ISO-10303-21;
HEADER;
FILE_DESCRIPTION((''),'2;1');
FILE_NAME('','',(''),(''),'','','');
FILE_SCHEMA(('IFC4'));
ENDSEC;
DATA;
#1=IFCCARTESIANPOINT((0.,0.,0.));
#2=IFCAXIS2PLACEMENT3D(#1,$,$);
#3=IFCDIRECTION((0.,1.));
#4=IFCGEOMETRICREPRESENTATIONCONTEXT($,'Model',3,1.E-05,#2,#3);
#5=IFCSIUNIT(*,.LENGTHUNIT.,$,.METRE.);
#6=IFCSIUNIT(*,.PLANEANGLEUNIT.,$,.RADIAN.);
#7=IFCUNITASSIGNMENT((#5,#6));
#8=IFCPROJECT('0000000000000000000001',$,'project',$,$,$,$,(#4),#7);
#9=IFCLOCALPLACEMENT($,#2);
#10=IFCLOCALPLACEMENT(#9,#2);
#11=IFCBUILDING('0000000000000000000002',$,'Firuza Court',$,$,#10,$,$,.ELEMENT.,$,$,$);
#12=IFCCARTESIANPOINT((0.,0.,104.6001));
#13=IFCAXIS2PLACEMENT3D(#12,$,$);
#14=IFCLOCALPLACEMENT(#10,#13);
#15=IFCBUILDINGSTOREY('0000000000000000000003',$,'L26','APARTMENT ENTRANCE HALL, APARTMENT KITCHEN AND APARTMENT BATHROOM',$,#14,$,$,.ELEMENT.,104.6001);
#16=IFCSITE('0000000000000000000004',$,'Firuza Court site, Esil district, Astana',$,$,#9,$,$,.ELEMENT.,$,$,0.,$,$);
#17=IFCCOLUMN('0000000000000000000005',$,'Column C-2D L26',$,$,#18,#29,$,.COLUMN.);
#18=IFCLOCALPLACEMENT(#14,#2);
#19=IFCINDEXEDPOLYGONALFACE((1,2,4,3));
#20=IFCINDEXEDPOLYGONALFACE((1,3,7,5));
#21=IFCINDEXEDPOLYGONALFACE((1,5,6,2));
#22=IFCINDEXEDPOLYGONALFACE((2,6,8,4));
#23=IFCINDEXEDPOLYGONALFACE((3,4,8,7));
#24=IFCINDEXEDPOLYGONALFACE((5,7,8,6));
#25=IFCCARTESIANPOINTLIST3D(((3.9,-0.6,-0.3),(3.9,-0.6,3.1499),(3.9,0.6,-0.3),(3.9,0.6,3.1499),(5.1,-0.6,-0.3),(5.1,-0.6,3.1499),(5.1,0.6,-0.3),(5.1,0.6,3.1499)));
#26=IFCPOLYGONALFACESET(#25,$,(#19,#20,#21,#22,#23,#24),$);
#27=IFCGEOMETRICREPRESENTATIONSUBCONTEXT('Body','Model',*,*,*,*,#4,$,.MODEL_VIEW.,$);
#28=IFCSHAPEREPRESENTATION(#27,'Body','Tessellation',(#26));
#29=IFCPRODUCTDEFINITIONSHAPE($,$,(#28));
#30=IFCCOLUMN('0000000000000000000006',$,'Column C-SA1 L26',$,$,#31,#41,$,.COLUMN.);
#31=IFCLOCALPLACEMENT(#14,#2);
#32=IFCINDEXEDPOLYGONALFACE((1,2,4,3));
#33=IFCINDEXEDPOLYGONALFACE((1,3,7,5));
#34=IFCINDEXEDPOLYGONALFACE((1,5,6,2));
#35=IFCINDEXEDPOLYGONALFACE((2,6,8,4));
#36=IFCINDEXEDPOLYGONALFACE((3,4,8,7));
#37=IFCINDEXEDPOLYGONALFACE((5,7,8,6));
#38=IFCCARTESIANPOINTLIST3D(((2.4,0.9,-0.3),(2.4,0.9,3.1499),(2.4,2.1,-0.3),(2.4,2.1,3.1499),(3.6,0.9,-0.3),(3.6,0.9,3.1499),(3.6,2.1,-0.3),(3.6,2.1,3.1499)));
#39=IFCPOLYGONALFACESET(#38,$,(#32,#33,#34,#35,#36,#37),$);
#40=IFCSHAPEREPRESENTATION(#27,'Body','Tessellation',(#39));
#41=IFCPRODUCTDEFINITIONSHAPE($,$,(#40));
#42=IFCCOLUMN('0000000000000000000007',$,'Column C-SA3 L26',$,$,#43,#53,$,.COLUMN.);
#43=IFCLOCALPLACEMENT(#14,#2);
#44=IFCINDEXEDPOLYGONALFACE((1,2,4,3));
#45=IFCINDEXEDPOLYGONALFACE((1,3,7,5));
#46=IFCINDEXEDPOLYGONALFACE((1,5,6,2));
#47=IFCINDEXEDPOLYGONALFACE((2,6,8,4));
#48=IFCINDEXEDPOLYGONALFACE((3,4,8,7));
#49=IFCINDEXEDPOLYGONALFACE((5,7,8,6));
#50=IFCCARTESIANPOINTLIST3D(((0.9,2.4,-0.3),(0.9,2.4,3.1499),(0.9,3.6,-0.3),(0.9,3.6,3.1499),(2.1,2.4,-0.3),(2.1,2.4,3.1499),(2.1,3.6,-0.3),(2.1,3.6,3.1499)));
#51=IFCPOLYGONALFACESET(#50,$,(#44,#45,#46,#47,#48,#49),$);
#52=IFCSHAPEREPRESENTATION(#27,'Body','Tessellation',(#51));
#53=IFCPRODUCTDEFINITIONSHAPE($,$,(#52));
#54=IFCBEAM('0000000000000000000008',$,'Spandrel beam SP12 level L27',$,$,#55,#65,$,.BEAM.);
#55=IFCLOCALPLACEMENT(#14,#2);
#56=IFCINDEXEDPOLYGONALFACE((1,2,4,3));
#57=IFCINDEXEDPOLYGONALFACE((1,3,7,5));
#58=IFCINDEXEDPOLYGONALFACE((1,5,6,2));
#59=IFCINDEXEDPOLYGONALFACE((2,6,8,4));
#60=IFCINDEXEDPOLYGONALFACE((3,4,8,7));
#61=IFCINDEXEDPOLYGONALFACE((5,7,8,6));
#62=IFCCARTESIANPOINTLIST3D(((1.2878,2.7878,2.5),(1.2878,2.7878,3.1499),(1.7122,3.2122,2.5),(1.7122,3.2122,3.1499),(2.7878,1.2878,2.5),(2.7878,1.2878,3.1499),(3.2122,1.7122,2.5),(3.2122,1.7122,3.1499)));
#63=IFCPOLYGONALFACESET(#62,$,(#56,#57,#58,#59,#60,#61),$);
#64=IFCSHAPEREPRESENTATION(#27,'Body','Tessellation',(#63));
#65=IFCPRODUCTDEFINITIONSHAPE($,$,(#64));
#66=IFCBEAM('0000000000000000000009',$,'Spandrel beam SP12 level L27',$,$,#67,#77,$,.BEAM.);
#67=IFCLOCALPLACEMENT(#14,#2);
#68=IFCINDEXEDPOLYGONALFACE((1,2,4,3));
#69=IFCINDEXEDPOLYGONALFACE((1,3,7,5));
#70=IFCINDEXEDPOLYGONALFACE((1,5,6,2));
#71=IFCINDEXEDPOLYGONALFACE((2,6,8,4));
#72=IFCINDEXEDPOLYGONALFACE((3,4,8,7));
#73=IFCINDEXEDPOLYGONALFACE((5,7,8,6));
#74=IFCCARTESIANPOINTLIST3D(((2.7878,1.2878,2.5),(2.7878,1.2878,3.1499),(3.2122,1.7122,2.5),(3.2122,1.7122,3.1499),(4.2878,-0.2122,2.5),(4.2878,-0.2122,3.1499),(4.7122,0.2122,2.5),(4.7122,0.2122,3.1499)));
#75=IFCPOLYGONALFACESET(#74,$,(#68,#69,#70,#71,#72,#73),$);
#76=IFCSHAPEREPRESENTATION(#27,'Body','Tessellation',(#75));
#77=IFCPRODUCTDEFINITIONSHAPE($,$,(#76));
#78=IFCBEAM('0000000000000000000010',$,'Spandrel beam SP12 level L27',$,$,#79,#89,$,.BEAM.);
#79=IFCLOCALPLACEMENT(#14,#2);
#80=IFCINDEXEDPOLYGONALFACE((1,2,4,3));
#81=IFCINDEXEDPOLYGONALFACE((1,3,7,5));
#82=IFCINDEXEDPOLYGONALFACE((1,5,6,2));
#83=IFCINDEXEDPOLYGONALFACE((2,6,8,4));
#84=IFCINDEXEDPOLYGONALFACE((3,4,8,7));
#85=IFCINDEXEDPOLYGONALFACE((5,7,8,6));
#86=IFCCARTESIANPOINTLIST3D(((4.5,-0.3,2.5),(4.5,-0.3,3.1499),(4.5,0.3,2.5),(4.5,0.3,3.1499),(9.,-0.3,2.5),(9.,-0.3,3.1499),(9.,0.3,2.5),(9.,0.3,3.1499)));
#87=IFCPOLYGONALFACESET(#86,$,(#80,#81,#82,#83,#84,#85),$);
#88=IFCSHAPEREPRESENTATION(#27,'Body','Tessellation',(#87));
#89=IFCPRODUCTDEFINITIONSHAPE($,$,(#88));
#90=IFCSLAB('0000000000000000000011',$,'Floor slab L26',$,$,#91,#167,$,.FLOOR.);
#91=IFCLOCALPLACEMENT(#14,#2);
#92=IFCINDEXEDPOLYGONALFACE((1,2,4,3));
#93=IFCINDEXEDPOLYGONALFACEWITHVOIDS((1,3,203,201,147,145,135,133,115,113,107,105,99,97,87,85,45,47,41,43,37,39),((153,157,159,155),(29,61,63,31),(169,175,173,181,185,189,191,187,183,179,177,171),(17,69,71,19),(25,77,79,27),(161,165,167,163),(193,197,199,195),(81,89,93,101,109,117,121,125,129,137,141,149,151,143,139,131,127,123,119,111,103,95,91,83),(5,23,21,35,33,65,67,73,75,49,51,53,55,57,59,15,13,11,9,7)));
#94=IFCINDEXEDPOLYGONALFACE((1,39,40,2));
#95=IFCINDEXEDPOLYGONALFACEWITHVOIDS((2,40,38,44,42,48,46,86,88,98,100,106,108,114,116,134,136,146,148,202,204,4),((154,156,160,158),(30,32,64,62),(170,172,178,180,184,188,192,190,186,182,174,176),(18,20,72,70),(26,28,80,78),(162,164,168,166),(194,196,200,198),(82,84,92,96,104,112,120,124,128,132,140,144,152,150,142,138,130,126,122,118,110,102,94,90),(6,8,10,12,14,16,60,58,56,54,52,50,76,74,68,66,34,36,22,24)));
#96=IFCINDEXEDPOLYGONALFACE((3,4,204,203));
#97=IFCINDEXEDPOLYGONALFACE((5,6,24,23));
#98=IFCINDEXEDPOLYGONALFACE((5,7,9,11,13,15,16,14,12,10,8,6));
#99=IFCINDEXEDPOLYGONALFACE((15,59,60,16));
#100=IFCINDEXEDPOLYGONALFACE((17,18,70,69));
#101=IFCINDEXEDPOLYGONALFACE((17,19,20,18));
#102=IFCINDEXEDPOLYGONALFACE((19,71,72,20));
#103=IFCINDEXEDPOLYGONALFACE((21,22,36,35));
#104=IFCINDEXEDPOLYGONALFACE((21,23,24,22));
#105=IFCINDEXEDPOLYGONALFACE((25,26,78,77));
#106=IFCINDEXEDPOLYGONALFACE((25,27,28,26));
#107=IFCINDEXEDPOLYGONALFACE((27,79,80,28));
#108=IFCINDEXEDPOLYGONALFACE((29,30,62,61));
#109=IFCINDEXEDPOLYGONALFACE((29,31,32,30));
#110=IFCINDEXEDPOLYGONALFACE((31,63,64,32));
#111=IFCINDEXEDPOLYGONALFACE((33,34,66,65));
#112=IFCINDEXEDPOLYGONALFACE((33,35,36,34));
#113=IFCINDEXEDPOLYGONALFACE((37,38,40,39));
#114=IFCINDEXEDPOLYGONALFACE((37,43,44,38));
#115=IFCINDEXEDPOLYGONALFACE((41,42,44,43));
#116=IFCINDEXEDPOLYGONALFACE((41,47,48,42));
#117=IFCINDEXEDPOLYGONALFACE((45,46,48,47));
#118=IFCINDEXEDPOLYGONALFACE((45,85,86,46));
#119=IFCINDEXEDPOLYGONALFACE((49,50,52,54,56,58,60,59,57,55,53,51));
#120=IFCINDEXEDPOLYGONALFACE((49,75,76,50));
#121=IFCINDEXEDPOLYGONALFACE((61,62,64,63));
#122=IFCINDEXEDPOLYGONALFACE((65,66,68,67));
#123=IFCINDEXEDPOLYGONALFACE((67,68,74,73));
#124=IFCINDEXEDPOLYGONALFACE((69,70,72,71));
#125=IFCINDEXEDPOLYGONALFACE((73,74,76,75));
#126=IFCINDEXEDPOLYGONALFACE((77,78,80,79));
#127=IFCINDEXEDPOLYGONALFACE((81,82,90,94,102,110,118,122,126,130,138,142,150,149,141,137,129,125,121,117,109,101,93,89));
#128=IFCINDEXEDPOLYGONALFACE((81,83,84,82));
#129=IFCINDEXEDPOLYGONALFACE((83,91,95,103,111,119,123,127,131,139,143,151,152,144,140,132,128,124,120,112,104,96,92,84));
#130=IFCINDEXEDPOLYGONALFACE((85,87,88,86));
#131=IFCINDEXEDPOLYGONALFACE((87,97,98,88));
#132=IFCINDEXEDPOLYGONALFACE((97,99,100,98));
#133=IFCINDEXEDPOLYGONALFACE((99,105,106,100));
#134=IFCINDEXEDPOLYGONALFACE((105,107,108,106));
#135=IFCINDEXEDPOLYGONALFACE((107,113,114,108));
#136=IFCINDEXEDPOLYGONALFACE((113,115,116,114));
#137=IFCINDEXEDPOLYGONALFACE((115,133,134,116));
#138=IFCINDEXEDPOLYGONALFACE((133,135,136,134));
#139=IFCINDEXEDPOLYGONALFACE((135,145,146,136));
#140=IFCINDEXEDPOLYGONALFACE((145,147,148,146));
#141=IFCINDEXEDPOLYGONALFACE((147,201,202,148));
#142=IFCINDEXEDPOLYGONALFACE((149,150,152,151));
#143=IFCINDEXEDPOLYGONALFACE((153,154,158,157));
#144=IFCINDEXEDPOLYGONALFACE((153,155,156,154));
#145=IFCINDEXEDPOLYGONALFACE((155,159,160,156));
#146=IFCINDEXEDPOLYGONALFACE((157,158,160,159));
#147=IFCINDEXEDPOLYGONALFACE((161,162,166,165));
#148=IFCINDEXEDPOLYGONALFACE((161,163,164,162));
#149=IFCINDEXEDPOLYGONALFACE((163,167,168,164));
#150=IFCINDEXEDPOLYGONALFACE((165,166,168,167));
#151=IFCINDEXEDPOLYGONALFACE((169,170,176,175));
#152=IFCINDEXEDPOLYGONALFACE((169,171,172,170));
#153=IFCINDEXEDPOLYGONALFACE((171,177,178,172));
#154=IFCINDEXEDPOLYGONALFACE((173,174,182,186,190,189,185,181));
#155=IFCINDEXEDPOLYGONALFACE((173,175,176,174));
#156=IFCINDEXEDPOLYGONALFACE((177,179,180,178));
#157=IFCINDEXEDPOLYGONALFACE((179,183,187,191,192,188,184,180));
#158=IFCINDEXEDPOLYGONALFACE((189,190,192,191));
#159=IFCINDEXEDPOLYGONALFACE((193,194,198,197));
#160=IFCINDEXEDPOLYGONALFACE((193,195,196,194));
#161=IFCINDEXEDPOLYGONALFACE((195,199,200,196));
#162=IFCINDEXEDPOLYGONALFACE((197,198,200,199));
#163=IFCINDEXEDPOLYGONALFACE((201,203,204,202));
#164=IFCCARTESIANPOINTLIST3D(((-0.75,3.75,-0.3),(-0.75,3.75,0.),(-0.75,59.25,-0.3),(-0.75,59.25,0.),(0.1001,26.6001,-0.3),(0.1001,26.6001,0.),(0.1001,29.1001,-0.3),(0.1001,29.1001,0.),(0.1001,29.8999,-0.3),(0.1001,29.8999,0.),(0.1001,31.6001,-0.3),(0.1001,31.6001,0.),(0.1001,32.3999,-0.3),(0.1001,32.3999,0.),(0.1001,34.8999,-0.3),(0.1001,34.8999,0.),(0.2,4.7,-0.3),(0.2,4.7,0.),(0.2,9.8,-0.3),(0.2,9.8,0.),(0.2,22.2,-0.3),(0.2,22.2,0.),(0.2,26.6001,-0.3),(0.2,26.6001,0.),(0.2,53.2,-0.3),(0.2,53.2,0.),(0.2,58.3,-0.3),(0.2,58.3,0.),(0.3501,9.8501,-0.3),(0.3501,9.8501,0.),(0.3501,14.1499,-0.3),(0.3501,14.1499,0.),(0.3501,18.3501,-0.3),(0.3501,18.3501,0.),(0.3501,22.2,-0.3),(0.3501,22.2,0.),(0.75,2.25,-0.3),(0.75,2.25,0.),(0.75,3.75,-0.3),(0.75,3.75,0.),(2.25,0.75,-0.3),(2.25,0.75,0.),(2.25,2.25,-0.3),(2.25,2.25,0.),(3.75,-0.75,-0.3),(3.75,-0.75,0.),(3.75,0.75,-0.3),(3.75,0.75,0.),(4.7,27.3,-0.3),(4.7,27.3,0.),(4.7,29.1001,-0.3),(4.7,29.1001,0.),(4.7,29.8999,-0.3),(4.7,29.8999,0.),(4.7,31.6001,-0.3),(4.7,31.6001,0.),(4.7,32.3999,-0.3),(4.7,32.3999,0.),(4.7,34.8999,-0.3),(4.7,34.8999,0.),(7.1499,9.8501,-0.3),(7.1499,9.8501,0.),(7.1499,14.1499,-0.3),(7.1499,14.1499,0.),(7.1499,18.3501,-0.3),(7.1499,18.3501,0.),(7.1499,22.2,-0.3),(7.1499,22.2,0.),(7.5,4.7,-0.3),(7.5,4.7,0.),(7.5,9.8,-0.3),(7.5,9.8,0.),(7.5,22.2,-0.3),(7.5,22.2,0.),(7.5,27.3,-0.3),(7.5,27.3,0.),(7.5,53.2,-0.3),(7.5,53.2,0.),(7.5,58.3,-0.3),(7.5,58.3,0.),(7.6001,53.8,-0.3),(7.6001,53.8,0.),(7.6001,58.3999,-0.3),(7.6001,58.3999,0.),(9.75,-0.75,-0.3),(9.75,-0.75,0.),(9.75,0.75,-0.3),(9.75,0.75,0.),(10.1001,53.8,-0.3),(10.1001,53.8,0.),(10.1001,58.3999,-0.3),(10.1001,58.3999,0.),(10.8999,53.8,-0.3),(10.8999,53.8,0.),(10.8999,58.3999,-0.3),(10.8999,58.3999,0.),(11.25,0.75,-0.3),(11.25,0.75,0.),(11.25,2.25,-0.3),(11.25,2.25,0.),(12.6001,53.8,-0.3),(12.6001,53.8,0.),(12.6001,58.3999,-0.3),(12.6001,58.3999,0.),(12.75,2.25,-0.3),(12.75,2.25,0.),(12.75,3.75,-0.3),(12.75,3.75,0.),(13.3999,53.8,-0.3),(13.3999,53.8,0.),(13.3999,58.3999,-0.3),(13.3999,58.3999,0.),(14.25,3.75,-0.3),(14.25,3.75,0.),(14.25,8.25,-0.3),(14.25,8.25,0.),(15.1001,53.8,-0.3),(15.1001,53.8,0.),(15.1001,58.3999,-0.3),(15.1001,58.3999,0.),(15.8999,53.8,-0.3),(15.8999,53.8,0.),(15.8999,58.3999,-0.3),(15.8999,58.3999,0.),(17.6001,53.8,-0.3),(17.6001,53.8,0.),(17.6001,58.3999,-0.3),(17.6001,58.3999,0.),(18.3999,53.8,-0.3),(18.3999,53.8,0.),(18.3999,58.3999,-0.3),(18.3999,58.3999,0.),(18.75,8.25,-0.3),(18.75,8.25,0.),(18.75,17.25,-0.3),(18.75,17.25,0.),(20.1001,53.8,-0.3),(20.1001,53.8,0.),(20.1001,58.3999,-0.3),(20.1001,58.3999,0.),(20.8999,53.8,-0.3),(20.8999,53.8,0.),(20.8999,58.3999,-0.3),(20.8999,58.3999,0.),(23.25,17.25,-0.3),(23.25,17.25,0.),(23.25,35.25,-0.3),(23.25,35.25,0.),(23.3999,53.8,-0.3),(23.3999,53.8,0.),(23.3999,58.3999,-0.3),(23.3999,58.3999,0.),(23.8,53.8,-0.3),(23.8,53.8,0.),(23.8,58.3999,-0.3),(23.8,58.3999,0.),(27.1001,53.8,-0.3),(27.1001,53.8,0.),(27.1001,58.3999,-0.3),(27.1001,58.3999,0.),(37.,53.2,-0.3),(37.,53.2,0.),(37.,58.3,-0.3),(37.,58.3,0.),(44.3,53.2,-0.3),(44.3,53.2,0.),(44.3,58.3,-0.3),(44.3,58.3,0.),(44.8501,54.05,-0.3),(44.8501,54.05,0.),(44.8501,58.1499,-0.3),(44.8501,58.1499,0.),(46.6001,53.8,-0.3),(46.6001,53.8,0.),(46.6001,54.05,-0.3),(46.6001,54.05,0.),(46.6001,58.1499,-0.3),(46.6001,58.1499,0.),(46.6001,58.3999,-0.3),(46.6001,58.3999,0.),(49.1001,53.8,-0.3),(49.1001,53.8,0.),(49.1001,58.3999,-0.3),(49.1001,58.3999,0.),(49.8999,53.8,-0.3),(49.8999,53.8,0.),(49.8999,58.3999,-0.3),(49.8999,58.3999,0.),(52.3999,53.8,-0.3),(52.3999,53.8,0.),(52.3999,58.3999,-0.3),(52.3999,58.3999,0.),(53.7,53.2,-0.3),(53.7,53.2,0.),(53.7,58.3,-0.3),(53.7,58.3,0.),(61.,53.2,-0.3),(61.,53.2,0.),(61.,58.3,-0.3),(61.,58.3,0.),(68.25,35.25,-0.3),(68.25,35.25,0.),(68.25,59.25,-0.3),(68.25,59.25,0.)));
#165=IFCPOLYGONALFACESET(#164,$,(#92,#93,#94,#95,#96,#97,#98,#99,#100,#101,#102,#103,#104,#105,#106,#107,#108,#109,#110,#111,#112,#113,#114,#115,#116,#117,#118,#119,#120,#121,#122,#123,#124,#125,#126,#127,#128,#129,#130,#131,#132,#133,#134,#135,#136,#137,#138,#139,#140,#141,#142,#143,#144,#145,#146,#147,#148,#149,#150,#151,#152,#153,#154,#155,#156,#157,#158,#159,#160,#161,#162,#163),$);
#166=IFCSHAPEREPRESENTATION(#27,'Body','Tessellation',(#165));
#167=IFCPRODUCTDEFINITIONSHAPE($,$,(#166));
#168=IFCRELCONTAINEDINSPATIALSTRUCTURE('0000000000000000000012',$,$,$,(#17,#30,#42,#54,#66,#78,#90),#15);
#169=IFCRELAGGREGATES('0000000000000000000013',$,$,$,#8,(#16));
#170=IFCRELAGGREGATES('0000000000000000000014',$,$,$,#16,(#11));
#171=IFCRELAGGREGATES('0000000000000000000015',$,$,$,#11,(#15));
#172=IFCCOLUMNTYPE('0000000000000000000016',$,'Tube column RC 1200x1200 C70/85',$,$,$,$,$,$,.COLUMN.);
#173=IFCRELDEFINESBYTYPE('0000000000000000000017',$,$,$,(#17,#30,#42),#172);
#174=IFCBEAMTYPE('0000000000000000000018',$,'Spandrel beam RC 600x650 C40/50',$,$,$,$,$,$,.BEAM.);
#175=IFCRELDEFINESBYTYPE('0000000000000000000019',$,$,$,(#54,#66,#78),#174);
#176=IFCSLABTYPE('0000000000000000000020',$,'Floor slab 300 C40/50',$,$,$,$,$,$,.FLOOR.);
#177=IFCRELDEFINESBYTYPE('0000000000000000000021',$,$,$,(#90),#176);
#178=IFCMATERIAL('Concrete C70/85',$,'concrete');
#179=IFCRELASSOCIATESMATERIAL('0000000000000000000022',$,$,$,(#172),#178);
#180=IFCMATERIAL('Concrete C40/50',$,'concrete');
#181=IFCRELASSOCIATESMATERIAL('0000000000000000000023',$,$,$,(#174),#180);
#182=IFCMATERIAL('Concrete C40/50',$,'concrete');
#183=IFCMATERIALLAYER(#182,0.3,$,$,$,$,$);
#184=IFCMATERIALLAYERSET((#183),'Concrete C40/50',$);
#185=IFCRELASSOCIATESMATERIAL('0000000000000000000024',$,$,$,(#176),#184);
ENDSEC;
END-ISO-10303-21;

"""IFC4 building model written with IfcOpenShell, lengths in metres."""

from ifc_helpers import new_model, si_unit, direction, frame, origin, origin_2d, place, context, subcontext, project, spatial, polyline, rectangle, outline, extrude, material, layer, layer_set, material_profile, profile_set, type_object, element, save


model = new_model("IFC4")

# Units and contexts
model_context = context("Model", 3, precision=1e-05, world=origin(), true_north=direction((0.0, 1.0)))
body_context = subcontext(model_context, "Body", "Model", "MODEL_VIEW")
ifc_project = project(units=[si_unit("LENGTHUNIT", "METRE"), si_unit("PLANEANGLEUNIT", "RADIAN")], contexts=[model_context])

# Site, building, storey
site_placement = place(None, origin())
site = spatial("IfcSite", under=ifc_project, at=site_placement, Name="Firuza Court site, Esil district, Astana", CompositionType="ELEMENT", RefElevation=0.0)
building_placement = place(site_placement, origin())
building = spatial("IfcBuilding", under=site, at=building_placement, Name="Firuza Court", CompositionType="ELEMENT")
storey_placement = place(building_placement, frame((0.0, 0.0, 104.6001)))
storey = spatial("IfcBuildingStorey", under=building, at=storey_placement, Name="L26", Description="APARTMENT ENTRANCE HALL, APARTMENT KITCHEN AND APARTMENT BATHROOM", CompositionType="ELEMENT", Elevation=104.6001)

# Columns
ifc_material_1 = material(Name="Concrete C70/85", Category="concrete")
ifc_material_profile_1 = material_profile(ifc_material_1, rectangle(XDim=1.2, YDim=1.2, at=origin_2d()), Name="RC 1200x1200")
ifc_profile_set_1 = profile_set([ifc_material_profile_1], Name="Concrete C70/85")
column_type = type_object("IfcColumnType", Name="Tube column RC 1200x1200 C70/85", PredefinedType="COLUMN", material=ifc_profile_set_1)
for number, where, z_axis, x_axis, name in (
    (1, (4.5, 0.0, -0.3), (0.0, 0.0, 1.0), (1.0, 0.0, 0.0), "Column C-2D L26"),
    (2, (3.0, 1.5, -0.3), (0.0, 0.0, 1.0), (1.0, 0.0, 0.0), "Column C-SA1 L26"),
    (3, (1.5, 3.0, -0.3), (0.0, 0.0, 1.0), (1.0, 0.0, 0.0), "Column C-SA3 L26"),
):
    element("IfcColumn", number, at=place(storey_placement, frame(where, z_axis=z_axis, x_axis=x_axis)), inside=storey, type_object=column_type, Name=name, PredefinedType="COLUMN", context=body_context, shape_type="SweptSolid", body=[
        extrude(rectangle(XDim=1.2, YDim=1.2, at=origin_2d()), origin(), (0.0, 0.0, 1.0), 3.45),
    ])

# Beams
ifc_material_2 = material(Name="Concrete C40/50", Category="concrete")
ifc_material_profile_2 = material_profile(ifc_material_2, rectangle(XDim=0.6001, YDim=0.6499, at=origin_2d()), Name="RC 600x650")
ifc_profile_set_2 = profile_set([ifc_material_profile_2], Name="Concrete C40/50")
beam_type = type_object("IfcBeamType", Name="Spandrel beam RC 600x650 C40/50", PredefinedType="BEAM", material=ifc_profile_set_2)
for number, where, z_axis, x_axis, name in (
    (4, (1.5, 3.0, 2.825), (0.707107, -0.707107, 0.0), (0.707107, 0.707107, 0.0), "Spandrel beam SP12 level L27"),
    (5, (3.0, 1.5, 2.825), (0.707107, -0.707107, 0.0), (0.707107, 0.707107, 0.0), "Spandrel beam SP12 level L27"),
):
    element("IfcBeam", number, at=place(storey_placement, frame(where, z_axis=z_axis, x_axis=x_axis)), inside=storey, type_object=beam_type, Name=name, PredefinedType="BEAM", context=body_context, shape_type="SweptSolid", body=[
        extrude(rectangle(XDim=0.6001, YDim=0.6499, at=origin_2d()), origin(), (0.0, 0.0, 1.0), 2.1213),
    ])
beam_placement = place(storey_placement, frame((4.5, 0.0, 2.825), z_axis=(1.0, 0.0, 0.0), x_axis=(0.0, 1.0, 0.0)))
element("IfcBeam", 6, at=beam_placement, inside=storey, type_object=beam_type, Name="Spandrel beam SP12 level L27", PredefinedType="BEAM", context=body_context, shape_type="SweptSolid", body=[
    extrude(rectangle(XDim=0.6001, YDim=0.6499, at=origin_2d()), origin(), (0.0, 0.0, 1.0), 4.5),
])

# Slab
ifc_material_3 = material(Name="Concrete C40/50", Category="concrete")
ifc_layer_1 = layer(ifc_material_3, 0.3)
ifc_layer_set_1 = layer_set([ifc_layer_1], Name="Concrete C40/50")
slab_type_1 = type_object("IfcSlabType", Name="Floor slab 300 C40/50", PredefinedType="FLOOR", material=ifc_layer_set_1)
slab_1_placement = place(storey_placement, frame((0.0, 0.0, -0.3)))
element("IfcSlab", 7, at=slab_1_placement, inside=storey, type_object=slab_type_1, Name="Floor slab L26", PredefinedType="FLOOR", context=body_context, shape_type="SweptSolid", body=[
    extrude(outline(polyline([(3.75, -0.75), (3.75, 0.75), (2.25, 0.75), (2.25, 2.25), (0.75, 2.25), (0.75, 3.75), (-0.75, 3.75), (-0.75, 59.25), (68.25, 59.25), (68.25, 35.25), (23.25, 35.25), (23.25, 17.25), (18.75, 17.25), (18.75, 8.25), (14.25, 8.25), (14.25, 3.75), (12.75, 3.75), (12.75, 2.25), (11.25, 2.25), (11.25, 0.75), (9.75, 0.75), (9.75, -0.75), (3.75, -0.75)]), holes=[polyline([(7.5, 9.8), (0.2, 9.8), (0.2, 4.7), (7.5, 4.7), (7.5, 9.8)]), polyline([(7.1499, 14.1499), (0.3501, 14.1499), (0.3501, 9.8501), (7.1499, 9.8501), (7.1499, 14.1499)]), polyline([(0.2, 22.2), (0.3501, 22.2), (0.3501, 18.3501), (7.1499, 18.3501), (7.1499, 22.2), (7.5, 22.2), (7.5, 27.3), (4.7, 27.3), (4.7, 29.1001), (4.7, 29.8999), (4.7, 31.6001), (4.7, 32.3999), (4.7, 34.8999), (0.1001, 34.8999), (0.1001, 32.3999), (0.1001, 31.6001), (0.1001, 29.8999), (0.1001, 29.1001), (0.1001, 26.6001), (0.2, 26.6001), (0.2, 22.2)]), polyline([(7.5, 58.3), (0.2, 58.3), (0.2, 53.2), (7.5, 53.2), (7.5, 58.3)]), polyline([(10.1001, 58.3999), (7.6001, 58.3999), (7.6001, 53.8), (10.1001, 53.8), (10.8999, 53.8), (12.6001, 53.8), (13.3999, 53.8), (15.1001, 53.8), (15.8999, 53.8), (17.6001, 53.8), (18.3999, 53.8), (20.1001, 53.8), (20.8999, 53.8), (23.3999, 53.8), (23.3999, 58.3999), (20.8999, 58.3999), (20.1001, 58.3999), (18.3999, 58.3999), (17.6001, 58.3999), (15.8999, 58.3999), (15.1001, 58.3999), (13.3999, 58.3999), (12.6001, 58.3999), (10.8999, 58.3999), (10.1001, 58.3999)]), polyline([(44.3, 58.3), (37.0, 58.3), (37.0, 53.2), (44.3, 53.2), (44.3, 58.3)]), polyline([(61.0, 58.3), (53.7, 58.3), (53.7, 53.2), (61.0, 53.2), (61.0, 58.3)]), polyline([(27.1001, 58.3999), (23.8, 58.3999), (23.8, 53.8), (27.1001, 53.8), (27.1001, 58.3999)]), polyline([(46.6001, 58.1499), (44.8501, 58.1499), (44.8501, 54.05), (46.6001, 54.05), (46.6001, 53.8), (49.1001, 53.8), (49.8999, 53.8), (52.3999, 53.8), (52.3999, 58.3999), (49.8999, 58.3999), (49.1001, 58.3999), (46.6001, 58.3999), (46.6001, 58.1499)])]), origin(), (0.0, 0.0, 1.0), 0.3),
])

save(model, "model.ifc")
